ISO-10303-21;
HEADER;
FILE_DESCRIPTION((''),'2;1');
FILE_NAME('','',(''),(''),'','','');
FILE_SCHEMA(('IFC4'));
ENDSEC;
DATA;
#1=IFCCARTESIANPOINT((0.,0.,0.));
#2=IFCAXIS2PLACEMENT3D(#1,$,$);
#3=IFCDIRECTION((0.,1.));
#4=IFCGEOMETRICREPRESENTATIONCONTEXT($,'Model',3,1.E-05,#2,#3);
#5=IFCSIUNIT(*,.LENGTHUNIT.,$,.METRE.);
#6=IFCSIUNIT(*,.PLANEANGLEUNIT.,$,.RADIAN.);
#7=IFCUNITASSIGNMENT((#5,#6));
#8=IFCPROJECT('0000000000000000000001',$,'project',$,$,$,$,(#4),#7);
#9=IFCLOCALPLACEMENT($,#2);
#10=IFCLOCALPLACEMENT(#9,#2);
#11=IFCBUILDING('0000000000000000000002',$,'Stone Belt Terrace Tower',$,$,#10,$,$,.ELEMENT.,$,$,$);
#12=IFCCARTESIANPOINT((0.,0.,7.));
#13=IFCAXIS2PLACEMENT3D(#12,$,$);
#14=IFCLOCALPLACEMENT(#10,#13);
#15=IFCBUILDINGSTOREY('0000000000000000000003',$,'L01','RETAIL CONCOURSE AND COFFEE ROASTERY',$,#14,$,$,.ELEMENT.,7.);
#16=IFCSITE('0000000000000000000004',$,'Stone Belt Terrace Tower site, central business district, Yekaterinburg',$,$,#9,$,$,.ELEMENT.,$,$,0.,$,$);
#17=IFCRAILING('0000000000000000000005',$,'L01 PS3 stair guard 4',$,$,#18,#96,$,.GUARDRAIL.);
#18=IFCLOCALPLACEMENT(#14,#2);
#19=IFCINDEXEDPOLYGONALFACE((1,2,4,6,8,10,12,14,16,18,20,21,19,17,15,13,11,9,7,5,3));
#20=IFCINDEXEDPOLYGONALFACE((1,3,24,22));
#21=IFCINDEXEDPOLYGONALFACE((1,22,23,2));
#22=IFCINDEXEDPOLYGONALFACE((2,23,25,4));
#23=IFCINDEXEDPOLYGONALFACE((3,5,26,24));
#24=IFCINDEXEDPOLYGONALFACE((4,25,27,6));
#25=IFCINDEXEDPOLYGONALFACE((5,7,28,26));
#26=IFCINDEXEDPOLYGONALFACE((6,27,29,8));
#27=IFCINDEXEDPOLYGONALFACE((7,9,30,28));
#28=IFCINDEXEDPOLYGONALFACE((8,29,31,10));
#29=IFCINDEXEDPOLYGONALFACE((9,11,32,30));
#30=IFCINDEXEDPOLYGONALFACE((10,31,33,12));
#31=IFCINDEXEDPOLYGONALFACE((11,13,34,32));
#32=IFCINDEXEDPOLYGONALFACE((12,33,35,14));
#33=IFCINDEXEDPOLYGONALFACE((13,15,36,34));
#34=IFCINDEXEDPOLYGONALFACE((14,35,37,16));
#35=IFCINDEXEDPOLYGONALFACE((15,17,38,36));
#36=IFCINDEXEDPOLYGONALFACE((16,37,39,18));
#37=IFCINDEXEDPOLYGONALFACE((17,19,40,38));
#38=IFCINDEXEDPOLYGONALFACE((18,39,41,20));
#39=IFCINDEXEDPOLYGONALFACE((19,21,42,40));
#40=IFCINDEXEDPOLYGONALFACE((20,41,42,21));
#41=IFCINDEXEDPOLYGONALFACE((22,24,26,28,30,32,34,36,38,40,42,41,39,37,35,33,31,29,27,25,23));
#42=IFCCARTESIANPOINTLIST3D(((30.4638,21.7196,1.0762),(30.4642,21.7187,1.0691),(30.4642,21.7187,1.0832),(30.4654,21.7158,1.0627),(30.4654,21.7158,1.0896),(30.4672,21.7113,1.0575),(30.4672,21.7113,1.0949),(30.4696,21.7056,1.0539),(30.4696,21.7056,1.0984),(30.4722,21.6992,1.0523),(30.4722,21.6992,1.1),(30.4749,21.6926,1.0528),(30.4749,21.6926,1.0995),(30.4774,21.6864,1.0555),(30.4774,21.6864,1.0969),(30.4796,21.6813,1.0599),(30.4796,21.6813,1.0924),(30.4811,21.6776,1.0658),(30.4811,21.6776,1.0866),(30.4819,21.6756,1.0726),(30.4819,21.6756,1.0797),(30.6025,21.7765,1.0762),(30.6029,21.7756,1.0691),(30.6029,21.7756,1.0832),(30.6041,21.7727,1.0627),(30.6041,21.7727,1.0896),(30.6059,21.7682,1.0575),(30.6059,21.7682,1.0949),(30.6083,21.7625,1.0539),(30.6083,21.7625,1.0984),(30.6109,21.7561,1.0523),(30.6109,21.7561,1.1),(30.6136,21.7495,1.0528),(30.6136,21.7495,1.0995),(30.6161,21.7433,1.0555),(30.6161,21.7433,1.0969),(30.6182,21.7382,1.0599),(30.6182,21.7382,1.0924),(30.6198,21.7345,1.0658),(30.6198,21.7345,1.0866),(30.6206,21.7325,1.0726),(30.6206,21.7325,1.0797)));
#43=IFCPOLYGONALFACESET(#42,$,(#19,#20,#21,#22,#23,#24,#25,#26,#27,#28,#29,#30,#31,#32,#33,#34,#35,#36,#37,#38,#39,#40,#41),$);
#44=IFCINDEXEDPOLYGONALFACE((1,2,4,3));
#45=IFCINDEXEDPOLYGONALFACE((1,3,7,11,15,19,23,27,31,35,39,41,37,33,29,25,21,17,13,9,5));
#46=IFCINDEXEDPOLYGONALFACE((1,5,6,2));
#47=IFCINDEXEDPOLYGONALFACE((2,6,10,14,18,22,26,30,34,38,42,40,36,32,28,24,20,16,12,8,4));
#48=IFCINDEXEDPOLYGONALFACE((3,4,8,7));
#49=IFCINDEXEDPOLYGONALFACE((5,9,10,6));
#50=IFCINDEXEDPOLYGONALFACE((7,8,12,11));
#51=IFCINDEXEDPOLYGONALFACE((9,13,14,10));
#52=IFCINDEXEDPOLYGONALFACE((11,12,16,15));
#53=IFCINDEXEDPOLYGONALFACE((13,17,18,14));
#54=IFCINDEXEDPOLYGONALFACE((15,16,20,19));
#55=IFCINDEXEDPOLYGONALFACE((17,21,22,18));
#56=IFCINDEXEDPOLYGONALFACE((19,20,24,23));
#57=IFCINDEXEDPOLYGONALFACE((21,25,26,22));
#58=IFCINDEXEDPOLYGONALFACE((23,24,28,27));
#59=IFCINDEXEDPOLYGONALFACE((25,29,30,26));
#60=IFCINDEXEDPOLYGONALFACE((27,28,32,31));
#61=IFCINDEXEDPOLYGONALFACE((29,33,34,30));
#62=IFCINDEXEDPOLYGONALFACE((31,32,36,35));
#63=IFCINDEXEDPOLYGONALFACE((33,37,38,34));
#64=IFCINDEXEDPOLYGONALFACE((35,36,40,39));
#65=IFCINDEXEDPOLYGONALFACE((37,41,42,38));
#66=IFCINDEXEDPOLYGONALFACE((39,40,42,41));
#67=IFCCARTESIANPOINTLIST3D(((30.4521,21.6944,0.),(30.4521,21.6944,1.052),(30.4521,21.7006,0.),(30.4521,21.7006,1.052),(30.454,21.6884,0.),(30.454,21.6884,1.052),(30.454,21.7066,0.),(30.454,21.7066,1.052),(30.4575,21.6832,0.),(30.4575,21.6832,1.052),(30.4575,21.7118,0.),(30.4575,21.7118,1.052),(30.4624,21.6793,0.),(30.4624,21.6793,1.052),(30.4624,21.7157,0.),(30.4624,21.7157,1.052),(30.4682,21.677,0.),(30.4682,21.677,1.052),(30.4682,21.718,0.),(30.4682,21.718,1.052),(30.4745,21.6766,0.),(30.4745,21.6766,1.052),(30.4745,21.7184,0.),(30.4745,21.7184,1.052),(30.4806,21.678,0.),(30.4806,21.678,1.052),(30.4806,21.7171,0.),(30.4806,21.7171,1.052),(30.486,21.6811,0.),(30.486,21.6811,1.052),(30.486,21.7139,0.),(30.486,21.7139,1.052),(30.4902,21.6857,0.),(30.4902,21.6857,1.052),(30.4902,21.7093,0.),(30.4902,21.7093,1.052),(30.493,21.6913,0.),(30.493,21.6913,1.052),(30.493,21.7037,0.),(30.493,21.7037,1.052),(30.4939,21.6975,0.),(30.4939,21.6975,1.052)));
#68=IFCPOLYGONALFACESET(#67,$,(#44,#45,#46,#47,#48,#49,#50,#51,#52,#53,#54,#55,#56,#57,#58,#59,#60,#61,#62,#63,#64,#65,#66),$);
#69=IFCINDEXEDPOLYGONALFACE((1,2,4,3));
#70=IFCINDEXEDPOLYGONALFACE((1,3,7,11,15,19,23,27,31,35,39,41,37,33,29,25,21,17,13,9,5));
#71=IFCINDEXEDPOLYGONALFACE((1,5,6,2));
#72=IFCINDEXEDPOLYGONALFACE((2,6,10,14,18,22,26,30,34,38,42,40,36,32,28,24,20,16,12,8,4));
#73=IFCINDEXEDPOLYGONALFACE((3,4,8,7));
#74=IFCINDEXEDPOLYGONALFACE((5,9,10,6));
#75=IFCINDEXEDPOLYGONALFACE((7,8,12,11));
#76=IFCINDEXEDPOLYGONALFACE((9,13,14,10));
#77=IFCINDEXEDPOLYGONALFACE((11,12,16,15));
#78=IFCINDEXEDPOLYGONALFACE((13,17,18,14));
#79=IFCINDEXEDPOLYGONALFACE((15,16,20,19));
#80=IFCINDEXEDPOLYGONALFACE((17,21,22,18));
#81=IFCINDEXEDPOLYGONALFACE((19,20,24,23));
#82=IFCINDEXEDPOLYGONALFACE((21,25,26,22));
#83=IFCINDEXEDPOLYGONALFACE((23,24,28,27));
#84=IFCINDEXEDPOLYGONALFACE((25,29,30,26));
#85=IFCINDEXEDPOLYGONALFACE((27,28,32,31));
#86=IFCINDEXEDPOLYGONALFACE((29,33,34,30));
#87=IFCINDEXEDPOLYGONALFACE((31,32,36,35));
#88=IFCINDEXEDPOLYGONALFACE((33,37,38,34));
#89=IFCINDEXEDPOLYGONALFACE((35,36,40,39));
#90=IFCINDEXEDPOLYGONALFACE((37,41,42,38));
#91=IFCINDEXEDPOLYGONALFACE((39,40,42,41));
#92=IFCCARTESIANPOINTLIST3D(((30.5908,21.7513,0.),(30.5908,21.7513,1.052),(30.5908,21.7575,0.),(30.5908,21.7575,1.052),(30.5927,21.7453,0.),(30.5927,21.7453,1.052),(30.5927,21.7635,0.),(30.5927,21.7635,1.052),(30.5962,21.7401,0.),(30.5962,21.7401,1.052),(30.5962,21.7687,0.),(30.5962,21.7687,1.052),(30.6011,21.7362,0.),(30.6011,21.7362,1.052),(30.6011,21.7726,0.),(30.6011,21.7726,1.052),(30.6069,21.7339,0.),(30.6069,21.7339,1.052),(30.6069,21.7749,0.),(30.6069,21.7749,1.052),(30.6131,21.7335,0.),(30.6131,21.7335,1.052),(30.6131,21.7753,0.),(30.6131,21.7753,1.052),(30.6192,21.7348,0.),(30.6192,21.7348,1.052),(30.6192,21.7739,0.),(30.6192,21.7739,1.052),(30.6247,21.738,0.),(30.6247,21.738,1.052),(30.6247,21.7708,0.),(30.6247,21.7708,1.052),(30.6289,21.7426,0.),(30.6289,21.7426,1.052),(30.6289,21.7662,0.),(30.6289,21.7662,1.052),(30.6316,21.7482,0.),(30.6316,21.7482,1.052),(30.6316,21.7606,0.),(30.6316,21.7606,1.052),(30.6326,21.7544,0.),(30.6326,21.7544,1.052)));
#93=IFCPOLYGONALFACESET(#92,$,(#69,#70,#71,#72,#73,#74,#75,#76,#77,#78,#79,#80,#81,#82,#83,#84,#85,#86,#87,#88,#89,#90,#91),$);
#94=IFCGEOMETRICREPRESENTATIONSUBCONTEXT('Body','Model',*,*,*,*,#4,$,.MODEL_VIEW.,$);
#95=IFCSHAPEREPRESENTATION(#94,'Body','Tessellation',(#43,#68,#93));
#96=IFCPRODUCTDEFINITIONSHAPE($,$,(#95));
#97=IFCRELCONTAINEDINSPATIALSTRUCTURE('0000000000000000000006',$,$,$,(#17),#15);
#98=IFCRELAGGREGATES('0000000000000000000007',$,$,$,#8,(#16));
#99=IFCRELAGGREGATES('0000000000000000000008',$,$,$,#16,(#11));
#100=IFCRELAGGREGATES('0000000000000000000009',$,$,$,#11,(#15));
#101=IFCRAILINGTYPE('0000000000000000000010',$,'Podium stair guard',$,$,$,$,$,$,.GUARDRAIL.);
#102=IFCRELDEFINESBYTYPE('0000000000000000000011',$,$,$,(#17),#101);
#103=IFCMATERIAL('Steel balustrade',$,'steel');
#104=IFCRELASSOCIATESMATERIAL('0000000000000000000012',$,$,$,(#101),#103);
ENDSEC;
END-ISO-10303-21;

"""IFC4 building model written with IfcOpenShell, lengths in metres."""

from ifc_helpers import new_model, si_unit, direction, frame, origin, origin_2d, place, context, subcontext, project, spatial, circle, extrude, material, type_object, element, save


model = new_model("IFC4")

# Units and contexts
model_context = context("Model", 3, precision=1e-05, world=origin(), true_north=direction((0.0, 1.0)))
body_context = subcontext(model_context, "Body", "Model", "MODEL_VIEW")
ifc_project = project(units=[si_unit("LENGTHUNIT", "METRE"), si_unit("PLANEANGLEUNIT", "RADIAN")], contexts=[model_context])

# Site, building, storey
site_placement = place(None, origin())
site = spatial("IfcSite", under=ifc_project, at=site_placement, Name="Stone Belt Terrace Tower site, central business district, Yekaterinburg", CompositionType="ELEMENT", RefElevation=0.0)
building_placement = place(site_placement, origin())
building = spatial("IfcBuilding", under=site, at=building_placement, Name="Stone Belt Terrace Tower", CompositionType="ELEMENT")
storey_placement = place(building_placement, frame((0.0, 0.0, 7.0)))
storey = spatial("IfcBuildingStorey", under=building, at=storey_placement, Name="L01", Description="RETAIL CONCOURSE AND COFFEE ROASTERY", CompositionType="ELEMENT", Elevation=7.0)

# Railing
ifc_material_1 = material(Name="Steel balustrade", Category="steel")
railing_type = type_object("IfcRailingType", Name="Podium stair guard", PredefinedType="GUARDRAIL", material=ifc_material_1)
railing_1_placement = place(storey_placement, frame((30.4729, 21.6975, 0.0)))
element("IfcRailing", 1, at=railing_1_placement, inside=storey, type_object=railing_type, Name="L01 PS3 stair guard 4", PredefinedType="GUARDRAIL", context=body_context, shape_type="SweptSolid", body=[
    extrude(circle(Radius=0.0239, at=origin_2d()), frame((0.0, 0.0, 1.0762), z_axis=(0.925183, 0.379521, 0.0), x_axis=(-0.379521, 0.925183, 0.0)), (0.0, 0.0, 1.0), 0.1499),
    extrude(circle(Radius=0.021, at=origin_2d()), origin(), (0.0, 0.0, 1.0), 1.052),
    extrude(circle(Radius=0.021, at=origin_2d()), frame((0.1387, 0.0569, 0.0)), (0.0, 0.0, 1.0), 1.052),
])

save(model, "model.ifc")
